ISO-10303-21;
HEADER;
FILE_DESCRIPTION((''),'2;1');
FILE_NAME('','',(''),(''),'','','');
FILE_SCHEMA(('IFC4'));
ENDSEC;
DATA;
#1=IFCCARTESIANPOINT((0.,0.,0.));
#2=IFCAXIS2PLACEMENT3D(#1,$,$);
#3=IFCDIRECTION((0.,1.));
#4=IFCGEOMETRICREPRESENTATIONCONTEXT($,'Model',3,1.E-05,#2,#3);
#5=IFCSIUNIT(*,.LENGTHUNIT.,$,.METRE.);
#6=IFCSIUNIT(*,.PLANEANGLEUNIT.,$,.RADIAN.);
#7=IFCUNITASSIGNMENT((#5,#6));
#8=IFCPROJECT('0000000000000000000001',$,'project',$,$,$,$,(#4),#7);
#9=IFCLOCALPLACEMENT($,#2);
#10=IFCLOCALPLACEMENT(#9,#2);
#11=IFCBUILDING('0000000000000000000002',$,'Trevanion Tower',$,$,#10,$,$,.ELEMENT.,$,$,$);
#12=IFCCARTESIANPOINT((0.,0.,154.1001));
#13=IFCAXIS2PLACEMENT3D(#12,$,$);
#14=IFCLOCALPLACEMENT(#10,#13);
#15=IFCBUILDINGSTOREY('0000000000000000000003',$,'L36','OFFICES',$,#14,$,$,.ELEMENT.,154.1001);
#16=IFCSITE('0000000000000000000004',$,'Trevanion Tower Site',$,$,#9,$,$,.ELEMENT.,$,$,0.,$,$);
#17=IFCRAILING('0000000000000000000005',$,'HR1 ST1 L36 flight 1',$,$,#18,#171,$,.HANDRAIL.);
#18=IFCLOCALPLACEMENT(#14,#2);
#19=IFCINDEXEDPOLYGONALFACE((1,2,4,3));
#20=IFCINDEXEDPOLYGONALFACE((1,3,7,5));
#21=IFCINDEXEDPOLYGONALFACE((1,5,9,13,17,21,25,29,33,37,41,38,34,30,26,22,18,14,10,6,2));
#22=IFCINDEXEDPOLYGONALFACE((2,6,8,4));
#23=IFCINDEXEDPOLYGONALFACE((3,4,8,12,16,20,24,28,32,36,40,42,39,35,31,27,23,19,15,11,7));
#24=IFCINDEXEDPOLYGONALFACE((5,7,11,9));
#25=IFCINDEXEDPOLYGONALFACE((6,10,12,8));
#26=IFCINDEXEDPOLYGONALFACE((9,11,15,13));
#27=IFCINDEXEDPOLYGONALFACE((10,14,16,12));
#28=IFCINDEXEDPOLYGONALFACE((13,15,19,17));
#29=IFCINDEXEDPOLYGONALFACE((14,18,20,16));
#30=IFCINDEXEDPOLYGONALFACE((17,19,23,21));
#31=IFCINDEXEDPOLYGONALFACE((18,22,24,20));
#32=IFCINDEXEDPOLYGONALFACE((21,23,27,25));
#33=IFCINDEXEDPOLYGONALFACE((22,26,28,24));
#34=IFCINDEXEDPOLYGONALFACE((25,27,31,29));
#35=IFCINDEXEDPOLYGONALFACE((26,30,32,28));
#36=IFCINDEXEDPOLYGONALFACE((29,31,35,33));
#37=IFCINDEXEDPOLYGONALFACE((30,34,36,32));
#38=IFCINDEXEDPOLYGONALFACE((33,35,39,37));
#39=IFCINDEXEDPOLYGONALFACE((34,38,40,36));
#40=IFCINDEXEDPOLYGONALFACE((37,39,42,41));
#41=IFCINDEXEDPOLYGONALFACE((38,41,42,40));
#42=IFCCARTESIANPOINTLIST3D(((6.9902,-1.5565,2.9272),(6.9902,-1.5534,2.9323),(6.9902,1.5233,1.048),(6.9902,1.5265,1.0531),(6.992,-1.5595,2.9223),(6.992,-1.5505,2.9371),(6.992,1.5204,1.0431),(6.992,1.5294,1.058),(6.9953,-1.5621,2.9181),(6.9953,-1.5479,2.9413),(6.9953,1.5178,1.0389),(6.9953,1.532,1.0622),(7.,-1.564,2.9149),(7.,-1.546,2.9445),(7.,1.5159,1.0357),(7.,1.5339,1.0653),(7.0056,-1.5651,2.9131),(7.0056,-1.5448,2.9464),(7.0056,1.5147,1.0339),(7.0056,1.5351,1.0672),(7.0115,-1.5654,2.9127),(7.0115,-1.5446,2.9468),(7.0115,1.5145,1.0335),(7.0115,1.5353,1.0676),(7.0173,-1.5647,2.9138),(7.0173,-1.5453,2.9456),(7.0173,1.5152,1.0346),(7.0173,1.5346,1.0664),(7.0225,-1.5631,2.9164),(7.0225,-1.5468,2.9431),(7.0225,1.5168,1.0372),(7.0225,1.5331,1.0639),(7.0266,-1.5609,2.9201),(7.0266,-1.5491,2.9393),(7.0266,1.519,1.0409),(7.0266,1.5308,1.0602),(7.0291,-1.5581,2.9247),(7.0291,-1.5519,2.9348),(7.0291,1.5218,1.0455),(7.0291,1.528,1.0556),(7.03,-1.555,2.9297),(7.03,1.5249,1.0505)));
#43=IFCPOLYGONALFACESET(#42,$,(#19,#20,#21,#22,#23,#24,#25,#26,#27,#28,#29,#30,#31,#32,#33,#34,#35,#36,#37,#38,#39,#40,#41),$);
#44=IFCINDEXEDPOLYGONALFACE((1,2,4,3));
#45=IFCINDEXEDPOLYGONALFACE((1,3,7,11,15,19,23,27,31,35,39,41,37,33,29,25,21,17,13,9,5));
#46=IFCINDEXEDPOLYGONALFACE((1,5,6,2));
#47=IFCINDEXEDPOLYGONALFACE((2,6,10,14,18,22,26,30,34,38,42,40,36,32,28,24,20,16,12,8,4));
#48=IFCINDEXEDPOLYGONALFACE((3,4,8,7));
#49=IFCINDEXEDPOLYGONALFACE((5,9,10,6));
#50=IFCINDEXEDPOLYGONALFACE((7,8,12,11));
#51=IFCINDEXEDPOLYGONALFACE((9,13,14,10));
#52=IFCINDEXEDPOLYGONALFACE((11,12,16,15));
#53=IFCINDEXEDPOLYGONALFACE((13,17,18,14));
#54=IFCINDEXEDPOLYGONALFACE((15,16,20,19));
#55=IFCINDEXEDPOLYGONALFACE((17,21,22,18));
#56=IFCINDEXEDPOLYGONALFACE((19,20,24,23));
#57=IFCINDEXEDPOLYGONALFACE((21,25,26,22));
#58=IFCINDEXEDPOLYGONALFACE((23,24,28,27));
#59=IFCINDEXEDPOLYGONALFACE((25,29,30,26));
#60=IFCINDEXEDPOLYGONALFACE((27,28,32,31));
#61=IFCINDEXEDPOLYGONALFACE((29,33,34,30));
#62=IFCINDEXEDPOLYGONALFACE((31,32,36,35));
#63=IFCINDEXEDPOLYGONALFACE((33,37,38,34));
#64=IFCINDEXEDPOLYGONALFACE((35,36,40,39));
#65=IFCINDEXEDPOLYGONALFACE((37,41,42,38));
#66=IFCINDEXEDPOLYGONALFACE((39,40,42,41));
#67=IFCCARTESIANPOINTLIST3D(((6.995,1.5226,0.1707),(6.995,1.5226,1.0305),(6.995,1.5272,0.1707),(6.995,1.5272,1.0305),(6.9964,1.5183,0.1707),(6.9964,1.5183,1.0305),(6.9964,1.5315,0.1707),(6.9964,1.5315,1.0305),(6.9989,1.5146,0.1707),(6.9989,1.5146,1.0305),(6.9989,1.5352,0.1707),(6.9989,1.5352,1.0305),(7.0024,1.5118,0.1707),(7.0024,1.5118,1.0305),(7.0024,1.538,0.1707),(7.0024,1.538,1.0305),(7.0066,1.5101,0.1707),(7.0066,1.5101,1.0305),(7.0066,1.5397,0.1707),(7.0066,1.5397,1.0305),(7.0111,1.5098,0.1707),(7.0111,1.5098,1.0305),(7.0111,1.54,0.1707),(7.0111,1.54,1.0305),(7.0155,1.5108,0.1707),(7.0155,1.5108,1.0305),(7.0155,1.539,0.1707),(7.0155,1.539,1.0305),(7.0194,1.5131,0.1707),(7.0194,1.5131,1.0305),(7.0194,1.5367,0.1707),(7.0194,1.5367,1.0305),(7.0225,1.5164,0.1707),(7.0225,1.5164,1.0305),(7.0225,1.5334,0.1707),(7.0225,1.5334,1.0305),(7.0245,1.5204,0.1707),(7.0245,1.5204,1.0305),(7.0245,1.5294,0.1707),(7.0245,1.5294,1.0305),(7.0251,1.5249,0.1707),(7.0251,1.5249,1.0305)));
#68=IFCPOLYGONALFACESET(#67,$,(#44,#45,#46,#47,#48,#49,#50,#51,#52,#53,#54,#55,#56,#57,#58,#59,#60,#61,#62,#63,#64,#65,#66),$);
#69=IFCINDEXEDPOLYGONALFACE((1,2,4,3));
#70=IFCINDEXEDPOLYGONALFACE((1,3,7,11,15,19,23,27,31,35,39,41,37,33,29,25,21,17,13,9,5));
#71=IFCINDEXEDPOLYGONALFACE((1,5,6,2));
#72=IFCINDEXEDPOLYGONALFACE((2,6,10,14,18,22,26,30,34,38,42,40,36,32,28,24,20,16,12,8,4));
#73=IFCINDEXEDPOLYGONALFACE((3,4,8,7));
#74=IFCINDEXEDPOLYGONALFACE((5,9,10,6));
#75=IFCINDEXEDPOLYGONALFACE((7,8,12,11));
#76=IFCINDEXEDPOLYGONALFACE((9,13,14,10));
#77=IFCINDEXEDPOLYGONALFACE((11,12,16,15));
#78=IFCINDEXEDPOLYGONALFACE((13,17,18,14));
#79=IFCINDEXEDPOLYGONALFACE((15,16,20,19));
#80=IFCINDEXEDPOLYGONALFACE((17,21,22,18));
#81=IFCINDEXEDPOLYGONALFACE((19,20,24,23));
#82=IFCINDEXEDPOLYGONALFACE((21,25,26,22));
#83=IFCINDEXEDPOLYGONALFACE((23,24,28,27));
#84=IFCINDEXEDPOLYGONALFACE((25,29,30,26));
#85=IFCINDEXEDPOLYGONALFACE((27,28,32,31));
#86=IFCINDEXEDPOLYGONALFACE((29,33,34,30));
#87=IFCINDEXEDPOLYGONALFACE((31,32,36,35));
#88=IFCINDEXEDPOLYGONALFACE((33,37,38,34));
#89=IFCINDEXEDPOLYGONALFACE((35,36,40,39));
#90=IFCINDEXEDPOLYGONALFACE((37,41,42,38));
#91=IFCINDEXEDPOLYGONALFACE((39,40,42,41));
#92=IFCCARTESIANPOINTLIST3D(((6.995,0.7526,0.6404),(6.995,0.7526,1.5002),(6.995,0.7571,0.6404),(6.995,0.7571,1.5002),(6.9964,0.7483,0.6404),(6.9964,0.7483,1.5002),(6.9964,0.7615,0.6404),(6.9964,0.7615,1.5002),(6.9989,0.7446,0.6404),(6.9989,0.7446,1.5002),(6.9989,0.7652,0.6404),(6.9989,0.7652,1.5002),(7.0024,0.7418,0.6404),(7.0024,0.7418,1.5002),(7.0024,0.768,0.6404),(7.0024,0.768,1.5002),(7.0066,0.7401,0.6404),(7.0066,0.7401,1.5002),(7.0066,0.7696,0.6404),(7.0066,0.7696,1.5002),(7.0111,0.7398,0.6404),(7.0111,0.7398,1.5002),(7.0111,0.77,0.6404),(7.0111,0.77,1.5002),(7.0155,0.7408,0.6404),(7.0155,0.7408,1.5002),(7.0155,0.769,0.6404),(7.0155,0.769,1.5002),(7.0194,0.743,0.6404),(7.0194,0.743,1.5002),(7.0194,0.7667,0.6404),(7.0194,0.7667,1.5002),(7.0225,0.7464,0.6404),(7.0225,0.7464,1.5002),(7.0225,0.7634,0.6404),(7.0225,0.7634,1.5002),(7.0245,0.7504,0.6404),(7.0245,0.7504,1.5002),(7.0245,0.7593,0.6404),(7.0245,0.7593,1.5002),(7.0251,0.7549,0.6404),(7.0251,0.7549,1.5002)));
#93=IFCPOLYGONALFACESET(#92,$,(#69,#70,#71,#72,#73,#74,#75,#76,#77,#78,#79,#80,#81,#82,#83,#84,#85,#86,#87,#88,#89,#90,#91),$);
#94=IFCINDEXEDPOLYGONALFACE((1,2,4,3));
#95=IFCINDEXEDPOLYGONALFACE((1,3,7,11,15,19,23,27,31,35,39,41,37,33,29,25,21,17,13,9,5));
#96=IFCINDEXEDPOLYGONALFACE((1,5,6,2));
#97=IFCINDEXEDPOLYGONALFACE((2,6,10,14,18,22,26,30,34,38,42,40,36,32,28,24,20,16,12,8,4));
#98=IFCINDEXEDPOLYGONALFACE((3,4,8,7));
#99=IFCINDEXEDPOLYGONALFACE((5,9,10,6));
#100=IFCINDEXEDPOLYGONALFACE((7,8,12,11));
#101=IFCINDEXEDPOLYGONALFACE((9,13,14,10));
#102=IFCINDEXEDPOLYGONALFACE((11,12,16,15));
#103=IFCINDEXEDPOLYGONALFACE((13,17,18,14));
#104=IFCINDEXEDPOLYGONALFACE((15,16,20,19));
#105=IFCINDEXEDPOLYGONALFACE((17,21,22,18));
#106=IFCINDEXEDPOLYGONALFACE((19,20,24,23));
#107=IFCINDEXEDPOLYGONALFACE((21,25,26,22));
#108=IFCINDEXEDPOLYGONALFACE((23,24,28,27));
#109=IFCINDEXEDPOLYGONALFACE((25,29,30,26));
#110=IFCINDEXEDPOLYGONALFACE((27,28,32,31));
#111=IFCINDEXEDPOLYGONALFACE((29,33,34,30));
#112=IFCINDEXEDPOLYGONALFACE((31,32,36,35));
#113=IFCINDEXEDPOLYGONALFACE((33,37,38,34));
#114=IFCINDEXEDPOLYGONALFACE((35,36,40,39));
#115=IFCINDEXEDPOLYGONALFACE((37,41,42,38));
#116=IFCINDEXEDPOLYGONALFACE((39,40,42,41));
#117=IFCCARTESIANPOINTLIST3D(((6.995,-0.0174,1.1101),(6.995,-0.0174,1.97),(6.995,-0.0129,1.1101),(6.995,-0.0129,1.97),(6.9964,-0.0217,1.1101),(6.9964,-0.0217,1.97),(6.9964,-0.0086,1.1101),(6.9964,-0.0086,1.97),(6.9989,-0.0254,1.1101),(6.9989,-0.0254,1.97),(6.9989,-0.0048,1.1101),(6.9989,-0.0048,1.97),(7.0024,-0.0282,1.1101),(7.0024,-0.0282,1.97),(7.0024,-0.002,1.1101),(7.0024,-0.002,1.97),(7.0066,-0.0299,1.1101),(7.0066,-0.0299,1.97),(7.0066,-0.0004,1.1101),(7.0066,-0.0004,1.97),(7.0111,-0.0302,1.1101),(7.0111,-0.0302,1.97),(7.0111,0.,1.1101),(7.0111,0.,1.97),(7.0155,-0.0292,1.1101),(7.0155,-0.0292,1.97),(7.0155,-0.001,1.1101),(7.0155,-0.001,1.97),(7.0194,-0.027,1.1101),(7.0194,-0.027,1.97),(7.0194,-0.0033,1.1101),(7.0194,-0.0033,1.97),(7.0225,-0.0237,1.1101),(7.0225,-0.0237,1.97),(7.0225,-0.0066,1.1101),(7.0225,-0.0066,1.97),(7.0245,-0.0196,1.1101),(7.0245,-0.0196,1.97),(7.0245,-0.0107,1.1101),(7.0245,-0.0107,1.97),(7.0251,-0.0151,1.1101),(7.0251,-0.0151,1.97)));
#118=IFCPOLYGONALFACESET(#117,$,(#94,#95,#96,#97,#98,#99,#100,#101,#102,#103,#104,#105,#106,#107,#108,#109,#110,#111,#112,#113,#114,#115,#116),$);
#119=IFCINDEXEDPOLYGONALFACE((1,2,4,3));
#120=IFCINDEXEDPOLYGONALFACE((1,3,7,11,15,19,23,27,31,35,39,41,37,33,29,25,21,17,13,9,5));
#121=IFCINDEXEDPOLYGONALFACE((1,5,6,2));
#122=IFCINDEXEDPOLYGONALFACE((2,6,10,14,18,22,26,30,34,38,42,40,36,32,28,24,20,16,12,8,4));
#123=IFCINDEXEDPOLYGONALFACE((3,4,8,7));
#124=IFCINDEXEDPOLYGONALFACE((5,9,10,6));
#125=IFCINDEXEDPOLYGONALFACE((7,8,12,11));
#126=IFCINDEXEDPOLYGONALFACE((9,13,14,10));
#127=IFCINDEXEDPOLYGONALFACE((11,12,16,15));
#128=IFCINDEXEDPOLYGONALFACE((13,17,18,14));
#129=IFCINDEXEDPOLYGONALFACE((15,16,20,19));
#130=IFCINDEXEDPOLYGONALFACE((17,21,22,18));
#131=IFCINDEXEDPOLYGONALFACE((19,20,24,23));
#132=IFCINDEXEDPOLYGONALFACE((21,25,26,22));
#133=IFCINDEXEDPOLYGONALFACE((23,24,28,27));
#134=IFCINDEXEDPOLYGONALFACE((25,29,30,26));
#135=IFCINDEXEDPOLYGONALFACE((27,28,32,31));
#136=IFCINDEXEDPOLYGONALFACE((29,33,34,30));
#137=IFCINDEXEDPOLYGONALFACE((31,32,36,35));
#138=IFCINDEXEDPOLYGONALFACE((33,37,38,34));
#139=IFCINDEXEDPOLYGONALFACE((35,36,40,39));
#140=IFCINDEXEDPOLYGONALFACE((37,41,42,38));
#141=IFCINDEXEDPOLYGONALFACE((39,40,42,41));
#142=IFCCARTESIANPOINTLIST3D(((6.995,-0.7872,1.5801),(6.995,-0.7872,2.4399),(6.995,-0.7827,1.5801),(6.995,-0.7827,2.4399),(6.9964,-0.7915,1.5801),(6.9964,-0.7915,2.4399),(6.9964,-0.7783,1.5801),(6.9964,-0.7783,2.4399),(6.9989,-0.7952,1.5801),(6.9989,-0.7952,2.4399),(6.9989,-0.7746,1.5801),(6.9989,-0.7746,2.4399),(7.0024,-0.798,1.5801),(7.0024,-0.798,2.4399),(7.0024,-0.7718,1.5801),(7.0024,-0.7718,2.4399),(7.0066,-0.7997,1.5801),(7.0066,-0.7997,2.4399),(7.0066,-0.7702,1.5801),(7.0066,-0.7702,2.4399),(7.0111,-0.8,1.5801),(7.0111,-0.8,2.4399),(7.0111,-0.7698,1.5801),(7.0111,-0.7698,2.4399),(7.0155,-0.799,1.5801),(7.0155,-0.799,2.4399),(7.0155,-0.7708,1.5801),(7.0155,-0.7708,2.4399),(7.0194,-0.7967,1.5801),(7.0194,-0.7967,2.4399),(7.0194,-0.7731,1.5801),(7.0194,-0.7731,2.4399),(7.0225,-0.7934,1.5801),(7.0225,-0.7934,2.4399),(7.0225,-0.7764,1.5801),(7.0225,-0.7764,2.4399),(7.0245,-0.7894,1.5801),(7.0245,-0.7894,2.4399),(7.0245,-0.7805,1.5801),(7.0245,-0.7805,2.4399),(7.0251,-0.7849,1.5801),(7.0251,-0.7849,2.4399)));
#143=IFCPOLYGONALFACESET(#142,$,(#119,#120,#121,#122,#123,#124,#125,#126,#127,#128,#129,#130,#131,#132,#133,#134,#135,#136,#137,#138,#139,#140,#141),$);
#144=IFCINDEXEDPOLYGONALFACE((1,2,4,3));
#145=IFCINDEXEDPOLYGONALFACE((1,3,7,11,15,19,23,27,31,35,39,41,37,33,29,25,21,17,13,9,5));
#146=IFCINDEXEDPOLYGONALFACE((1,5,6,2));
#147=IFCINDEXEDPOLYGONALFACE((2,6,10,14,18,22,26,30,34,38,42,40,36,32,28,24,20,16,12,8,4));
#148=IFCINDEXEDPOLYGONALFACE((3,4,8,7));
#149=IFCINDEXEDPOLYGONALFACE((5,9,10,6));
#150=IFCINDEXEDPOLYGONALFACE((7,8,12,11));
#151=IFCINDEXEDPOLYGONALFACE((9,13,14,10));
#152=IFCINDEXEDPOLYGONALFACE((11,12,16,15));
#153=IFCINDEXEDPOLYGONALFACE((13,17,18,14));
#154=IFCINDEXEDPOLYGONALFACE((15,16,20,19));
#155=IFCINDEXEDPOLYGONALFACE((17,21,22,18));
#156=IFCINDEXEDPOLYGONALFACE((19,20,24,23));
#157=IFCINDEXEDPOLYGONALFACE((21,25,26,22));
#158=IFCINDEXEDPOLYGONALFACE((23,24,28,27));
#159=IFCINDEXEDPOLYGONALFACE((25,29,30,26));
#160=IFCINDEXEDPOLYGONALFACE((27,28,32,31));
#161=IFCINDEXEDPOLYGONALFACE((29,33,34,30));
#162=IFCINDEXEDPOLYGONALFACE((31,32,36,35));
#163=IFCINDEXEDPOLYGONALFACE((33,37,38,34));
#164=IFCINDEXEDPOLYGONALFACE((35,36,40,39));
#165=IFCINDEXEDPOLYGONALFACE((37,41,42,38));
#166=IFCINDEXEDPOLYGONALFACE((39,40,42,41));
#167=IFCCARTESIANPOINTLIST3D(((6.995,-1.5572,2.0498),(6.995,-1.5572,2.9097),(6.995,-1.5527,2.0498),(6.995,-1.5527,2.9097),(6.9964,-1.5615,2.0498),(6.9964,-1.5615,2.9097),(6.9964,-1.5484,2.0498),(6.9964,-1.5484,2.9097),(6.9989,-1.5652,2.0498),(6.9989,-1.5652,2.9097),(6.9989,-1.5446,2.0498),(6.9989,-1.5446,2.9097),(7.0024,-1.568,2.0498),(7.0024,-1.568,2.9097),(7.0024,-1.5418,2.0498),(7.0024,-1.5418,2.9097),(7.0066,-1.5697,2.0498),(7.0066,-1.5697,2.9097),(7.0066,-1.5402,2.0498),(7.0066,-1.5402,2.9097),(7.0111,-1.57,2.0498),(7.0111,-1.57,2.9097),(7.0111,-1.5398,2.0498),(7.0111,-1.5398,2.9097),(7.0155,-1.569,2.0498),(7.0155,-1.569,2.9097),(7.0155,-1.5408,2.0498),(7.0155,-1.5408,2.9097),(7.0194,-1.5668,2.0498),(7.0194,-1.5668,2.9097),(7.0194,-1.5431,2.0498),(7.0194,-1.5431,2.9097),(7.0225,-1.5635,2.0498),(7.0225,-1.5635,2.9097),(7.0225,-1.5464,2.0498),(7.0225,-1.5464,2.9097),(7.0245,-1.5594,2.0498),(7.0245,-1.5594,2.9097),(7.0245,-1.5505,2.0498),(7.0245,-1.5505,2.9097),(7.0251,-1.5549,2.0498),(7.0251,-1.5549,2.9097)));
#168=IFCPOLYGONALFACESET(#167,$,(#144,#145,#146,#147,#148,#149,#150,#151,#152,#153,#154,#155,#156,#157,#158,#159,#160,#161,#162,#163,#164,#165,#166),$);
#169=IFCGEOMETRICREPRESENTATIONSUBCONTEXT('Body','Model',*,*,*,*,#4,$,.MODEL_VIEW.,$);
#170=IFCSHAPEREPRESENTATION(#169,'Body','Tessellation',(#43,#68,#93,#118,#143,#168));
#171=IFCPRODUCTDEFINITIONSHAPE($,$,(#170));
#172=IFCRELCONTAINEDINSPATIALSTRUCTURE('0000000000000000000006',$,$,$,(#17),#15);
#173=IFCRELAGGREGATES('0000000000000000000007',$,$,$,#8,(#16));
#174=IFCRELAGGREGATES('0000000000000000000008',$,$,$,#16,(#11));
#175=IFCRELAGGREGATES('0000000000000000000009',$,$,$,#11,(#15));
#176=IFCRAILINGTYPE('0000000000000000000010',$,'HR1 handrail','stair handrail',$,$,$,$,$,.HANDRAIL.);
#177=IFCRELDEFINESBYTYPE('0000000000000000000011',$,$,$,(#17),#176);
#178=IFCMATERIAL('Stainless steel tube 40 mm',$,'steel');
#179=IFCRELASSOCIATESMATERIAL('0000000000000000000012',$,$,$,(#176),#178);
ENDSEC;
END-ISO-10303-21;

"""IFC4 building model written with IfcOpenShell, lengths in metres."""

from ifc_helpers import new_model, si_unit, direction, frame, origin, origin_2d, place, context, subcontext, project, spatial, circle, extrude, material, type_object, element, save


model = new_model("IFC4")

# Units and contexts
model_context = context("Model", 3, precision=1e-05, world=origin(), true_north=direction((0.0, 1.0)))
body_context = subcontext(model_context, "Body", "Model", "MODEL_VIEW")
ifc_project = project(units=[si_unit("LENGTHUNIT", "METRE"), si_unit("PLANEANGLEUNIT", "RADIAN")], contexts=[model_context])

# Site, building, storey
site_placement = place(None, origin())
site = spatial("IfcSite", under=ifc_project, at=site_placement, Name="Trevanion Tower Site", CompositionType="ELEMENT", RefElevation=0.0)
building_placement = place(site_placement, origin())
building = spatial("IfcBuilding", under=site, at=building_placement, Name="Trevanion Tower", CompositionType="ELEMENT")
storey_placement = place(building_placement, frame((0.0, 0.0, 154.1001)))
storey = spatial("IfcBuildingStorey", under=building, at=storey_placement, Name="L36", Description="OFFICES", CompositionType="ELEMENT", Elevation=154.1001)

# Railing
ifc_material_1 = material(Name="Stainless steel tube 40 mm", Category="steel")
railing_type = type_object("IfcRailingType", Name="HR1 handrail", Description="stair handrail", PredefinedType="HANDRAIL", material=ifc_material_1)
for number, where, name in (
    (1, (7.01, 1.5249, 0.1707), "HR1 ST1 L36 flight 1"),
):
    element("IfcRailing", number, at=place(storey_placement, frame(where)), inside=storey, type_object=railing_type, Name=name, PredefinedType="HANDRAIL", context=body_context, shape_type="SweptSolid", body=[
        extrude(circle(Radius=0.02, at=origin_2d()), frame((0.0, 0.0, 0.8799), z_axis=(0.0, -0.853648, 0.52085), x_axis=(1.0, 0.0, 0.0)), (0.0, 0.0, 1.0), 3.6079),
        extrude(circle(Radius=0.0151, at=origin_2d()), origin(), (0.0, 0.0, 1.0), 0.8599),
        extrude(circle(Radius=0.0151, at=origin_2d()), frame((0.0, -0.77, 0.4697)), (0.0, 0.0, 1.0), 0.8599),
        extrude(circle(Radius=0.0151, at=origin_2d()), frame((0.0, -1.54, 0.9395)), (0.0, 0.0, 1.0), 0.8599),
        extrude(circle(Radius=0.0151, at=origin_2d()), frame((0.0, -2.3098, 1.4094)), (0.0, 0.0, 1.0), 0.8599),
        extrude(circle(Radius=0.0151, at=origin_2d()), frame((0.0, -3.0798, 1.8792)), (0.0, 0.0, 1.0), 0.8599),
    ])

save(model, "model.ifc")
